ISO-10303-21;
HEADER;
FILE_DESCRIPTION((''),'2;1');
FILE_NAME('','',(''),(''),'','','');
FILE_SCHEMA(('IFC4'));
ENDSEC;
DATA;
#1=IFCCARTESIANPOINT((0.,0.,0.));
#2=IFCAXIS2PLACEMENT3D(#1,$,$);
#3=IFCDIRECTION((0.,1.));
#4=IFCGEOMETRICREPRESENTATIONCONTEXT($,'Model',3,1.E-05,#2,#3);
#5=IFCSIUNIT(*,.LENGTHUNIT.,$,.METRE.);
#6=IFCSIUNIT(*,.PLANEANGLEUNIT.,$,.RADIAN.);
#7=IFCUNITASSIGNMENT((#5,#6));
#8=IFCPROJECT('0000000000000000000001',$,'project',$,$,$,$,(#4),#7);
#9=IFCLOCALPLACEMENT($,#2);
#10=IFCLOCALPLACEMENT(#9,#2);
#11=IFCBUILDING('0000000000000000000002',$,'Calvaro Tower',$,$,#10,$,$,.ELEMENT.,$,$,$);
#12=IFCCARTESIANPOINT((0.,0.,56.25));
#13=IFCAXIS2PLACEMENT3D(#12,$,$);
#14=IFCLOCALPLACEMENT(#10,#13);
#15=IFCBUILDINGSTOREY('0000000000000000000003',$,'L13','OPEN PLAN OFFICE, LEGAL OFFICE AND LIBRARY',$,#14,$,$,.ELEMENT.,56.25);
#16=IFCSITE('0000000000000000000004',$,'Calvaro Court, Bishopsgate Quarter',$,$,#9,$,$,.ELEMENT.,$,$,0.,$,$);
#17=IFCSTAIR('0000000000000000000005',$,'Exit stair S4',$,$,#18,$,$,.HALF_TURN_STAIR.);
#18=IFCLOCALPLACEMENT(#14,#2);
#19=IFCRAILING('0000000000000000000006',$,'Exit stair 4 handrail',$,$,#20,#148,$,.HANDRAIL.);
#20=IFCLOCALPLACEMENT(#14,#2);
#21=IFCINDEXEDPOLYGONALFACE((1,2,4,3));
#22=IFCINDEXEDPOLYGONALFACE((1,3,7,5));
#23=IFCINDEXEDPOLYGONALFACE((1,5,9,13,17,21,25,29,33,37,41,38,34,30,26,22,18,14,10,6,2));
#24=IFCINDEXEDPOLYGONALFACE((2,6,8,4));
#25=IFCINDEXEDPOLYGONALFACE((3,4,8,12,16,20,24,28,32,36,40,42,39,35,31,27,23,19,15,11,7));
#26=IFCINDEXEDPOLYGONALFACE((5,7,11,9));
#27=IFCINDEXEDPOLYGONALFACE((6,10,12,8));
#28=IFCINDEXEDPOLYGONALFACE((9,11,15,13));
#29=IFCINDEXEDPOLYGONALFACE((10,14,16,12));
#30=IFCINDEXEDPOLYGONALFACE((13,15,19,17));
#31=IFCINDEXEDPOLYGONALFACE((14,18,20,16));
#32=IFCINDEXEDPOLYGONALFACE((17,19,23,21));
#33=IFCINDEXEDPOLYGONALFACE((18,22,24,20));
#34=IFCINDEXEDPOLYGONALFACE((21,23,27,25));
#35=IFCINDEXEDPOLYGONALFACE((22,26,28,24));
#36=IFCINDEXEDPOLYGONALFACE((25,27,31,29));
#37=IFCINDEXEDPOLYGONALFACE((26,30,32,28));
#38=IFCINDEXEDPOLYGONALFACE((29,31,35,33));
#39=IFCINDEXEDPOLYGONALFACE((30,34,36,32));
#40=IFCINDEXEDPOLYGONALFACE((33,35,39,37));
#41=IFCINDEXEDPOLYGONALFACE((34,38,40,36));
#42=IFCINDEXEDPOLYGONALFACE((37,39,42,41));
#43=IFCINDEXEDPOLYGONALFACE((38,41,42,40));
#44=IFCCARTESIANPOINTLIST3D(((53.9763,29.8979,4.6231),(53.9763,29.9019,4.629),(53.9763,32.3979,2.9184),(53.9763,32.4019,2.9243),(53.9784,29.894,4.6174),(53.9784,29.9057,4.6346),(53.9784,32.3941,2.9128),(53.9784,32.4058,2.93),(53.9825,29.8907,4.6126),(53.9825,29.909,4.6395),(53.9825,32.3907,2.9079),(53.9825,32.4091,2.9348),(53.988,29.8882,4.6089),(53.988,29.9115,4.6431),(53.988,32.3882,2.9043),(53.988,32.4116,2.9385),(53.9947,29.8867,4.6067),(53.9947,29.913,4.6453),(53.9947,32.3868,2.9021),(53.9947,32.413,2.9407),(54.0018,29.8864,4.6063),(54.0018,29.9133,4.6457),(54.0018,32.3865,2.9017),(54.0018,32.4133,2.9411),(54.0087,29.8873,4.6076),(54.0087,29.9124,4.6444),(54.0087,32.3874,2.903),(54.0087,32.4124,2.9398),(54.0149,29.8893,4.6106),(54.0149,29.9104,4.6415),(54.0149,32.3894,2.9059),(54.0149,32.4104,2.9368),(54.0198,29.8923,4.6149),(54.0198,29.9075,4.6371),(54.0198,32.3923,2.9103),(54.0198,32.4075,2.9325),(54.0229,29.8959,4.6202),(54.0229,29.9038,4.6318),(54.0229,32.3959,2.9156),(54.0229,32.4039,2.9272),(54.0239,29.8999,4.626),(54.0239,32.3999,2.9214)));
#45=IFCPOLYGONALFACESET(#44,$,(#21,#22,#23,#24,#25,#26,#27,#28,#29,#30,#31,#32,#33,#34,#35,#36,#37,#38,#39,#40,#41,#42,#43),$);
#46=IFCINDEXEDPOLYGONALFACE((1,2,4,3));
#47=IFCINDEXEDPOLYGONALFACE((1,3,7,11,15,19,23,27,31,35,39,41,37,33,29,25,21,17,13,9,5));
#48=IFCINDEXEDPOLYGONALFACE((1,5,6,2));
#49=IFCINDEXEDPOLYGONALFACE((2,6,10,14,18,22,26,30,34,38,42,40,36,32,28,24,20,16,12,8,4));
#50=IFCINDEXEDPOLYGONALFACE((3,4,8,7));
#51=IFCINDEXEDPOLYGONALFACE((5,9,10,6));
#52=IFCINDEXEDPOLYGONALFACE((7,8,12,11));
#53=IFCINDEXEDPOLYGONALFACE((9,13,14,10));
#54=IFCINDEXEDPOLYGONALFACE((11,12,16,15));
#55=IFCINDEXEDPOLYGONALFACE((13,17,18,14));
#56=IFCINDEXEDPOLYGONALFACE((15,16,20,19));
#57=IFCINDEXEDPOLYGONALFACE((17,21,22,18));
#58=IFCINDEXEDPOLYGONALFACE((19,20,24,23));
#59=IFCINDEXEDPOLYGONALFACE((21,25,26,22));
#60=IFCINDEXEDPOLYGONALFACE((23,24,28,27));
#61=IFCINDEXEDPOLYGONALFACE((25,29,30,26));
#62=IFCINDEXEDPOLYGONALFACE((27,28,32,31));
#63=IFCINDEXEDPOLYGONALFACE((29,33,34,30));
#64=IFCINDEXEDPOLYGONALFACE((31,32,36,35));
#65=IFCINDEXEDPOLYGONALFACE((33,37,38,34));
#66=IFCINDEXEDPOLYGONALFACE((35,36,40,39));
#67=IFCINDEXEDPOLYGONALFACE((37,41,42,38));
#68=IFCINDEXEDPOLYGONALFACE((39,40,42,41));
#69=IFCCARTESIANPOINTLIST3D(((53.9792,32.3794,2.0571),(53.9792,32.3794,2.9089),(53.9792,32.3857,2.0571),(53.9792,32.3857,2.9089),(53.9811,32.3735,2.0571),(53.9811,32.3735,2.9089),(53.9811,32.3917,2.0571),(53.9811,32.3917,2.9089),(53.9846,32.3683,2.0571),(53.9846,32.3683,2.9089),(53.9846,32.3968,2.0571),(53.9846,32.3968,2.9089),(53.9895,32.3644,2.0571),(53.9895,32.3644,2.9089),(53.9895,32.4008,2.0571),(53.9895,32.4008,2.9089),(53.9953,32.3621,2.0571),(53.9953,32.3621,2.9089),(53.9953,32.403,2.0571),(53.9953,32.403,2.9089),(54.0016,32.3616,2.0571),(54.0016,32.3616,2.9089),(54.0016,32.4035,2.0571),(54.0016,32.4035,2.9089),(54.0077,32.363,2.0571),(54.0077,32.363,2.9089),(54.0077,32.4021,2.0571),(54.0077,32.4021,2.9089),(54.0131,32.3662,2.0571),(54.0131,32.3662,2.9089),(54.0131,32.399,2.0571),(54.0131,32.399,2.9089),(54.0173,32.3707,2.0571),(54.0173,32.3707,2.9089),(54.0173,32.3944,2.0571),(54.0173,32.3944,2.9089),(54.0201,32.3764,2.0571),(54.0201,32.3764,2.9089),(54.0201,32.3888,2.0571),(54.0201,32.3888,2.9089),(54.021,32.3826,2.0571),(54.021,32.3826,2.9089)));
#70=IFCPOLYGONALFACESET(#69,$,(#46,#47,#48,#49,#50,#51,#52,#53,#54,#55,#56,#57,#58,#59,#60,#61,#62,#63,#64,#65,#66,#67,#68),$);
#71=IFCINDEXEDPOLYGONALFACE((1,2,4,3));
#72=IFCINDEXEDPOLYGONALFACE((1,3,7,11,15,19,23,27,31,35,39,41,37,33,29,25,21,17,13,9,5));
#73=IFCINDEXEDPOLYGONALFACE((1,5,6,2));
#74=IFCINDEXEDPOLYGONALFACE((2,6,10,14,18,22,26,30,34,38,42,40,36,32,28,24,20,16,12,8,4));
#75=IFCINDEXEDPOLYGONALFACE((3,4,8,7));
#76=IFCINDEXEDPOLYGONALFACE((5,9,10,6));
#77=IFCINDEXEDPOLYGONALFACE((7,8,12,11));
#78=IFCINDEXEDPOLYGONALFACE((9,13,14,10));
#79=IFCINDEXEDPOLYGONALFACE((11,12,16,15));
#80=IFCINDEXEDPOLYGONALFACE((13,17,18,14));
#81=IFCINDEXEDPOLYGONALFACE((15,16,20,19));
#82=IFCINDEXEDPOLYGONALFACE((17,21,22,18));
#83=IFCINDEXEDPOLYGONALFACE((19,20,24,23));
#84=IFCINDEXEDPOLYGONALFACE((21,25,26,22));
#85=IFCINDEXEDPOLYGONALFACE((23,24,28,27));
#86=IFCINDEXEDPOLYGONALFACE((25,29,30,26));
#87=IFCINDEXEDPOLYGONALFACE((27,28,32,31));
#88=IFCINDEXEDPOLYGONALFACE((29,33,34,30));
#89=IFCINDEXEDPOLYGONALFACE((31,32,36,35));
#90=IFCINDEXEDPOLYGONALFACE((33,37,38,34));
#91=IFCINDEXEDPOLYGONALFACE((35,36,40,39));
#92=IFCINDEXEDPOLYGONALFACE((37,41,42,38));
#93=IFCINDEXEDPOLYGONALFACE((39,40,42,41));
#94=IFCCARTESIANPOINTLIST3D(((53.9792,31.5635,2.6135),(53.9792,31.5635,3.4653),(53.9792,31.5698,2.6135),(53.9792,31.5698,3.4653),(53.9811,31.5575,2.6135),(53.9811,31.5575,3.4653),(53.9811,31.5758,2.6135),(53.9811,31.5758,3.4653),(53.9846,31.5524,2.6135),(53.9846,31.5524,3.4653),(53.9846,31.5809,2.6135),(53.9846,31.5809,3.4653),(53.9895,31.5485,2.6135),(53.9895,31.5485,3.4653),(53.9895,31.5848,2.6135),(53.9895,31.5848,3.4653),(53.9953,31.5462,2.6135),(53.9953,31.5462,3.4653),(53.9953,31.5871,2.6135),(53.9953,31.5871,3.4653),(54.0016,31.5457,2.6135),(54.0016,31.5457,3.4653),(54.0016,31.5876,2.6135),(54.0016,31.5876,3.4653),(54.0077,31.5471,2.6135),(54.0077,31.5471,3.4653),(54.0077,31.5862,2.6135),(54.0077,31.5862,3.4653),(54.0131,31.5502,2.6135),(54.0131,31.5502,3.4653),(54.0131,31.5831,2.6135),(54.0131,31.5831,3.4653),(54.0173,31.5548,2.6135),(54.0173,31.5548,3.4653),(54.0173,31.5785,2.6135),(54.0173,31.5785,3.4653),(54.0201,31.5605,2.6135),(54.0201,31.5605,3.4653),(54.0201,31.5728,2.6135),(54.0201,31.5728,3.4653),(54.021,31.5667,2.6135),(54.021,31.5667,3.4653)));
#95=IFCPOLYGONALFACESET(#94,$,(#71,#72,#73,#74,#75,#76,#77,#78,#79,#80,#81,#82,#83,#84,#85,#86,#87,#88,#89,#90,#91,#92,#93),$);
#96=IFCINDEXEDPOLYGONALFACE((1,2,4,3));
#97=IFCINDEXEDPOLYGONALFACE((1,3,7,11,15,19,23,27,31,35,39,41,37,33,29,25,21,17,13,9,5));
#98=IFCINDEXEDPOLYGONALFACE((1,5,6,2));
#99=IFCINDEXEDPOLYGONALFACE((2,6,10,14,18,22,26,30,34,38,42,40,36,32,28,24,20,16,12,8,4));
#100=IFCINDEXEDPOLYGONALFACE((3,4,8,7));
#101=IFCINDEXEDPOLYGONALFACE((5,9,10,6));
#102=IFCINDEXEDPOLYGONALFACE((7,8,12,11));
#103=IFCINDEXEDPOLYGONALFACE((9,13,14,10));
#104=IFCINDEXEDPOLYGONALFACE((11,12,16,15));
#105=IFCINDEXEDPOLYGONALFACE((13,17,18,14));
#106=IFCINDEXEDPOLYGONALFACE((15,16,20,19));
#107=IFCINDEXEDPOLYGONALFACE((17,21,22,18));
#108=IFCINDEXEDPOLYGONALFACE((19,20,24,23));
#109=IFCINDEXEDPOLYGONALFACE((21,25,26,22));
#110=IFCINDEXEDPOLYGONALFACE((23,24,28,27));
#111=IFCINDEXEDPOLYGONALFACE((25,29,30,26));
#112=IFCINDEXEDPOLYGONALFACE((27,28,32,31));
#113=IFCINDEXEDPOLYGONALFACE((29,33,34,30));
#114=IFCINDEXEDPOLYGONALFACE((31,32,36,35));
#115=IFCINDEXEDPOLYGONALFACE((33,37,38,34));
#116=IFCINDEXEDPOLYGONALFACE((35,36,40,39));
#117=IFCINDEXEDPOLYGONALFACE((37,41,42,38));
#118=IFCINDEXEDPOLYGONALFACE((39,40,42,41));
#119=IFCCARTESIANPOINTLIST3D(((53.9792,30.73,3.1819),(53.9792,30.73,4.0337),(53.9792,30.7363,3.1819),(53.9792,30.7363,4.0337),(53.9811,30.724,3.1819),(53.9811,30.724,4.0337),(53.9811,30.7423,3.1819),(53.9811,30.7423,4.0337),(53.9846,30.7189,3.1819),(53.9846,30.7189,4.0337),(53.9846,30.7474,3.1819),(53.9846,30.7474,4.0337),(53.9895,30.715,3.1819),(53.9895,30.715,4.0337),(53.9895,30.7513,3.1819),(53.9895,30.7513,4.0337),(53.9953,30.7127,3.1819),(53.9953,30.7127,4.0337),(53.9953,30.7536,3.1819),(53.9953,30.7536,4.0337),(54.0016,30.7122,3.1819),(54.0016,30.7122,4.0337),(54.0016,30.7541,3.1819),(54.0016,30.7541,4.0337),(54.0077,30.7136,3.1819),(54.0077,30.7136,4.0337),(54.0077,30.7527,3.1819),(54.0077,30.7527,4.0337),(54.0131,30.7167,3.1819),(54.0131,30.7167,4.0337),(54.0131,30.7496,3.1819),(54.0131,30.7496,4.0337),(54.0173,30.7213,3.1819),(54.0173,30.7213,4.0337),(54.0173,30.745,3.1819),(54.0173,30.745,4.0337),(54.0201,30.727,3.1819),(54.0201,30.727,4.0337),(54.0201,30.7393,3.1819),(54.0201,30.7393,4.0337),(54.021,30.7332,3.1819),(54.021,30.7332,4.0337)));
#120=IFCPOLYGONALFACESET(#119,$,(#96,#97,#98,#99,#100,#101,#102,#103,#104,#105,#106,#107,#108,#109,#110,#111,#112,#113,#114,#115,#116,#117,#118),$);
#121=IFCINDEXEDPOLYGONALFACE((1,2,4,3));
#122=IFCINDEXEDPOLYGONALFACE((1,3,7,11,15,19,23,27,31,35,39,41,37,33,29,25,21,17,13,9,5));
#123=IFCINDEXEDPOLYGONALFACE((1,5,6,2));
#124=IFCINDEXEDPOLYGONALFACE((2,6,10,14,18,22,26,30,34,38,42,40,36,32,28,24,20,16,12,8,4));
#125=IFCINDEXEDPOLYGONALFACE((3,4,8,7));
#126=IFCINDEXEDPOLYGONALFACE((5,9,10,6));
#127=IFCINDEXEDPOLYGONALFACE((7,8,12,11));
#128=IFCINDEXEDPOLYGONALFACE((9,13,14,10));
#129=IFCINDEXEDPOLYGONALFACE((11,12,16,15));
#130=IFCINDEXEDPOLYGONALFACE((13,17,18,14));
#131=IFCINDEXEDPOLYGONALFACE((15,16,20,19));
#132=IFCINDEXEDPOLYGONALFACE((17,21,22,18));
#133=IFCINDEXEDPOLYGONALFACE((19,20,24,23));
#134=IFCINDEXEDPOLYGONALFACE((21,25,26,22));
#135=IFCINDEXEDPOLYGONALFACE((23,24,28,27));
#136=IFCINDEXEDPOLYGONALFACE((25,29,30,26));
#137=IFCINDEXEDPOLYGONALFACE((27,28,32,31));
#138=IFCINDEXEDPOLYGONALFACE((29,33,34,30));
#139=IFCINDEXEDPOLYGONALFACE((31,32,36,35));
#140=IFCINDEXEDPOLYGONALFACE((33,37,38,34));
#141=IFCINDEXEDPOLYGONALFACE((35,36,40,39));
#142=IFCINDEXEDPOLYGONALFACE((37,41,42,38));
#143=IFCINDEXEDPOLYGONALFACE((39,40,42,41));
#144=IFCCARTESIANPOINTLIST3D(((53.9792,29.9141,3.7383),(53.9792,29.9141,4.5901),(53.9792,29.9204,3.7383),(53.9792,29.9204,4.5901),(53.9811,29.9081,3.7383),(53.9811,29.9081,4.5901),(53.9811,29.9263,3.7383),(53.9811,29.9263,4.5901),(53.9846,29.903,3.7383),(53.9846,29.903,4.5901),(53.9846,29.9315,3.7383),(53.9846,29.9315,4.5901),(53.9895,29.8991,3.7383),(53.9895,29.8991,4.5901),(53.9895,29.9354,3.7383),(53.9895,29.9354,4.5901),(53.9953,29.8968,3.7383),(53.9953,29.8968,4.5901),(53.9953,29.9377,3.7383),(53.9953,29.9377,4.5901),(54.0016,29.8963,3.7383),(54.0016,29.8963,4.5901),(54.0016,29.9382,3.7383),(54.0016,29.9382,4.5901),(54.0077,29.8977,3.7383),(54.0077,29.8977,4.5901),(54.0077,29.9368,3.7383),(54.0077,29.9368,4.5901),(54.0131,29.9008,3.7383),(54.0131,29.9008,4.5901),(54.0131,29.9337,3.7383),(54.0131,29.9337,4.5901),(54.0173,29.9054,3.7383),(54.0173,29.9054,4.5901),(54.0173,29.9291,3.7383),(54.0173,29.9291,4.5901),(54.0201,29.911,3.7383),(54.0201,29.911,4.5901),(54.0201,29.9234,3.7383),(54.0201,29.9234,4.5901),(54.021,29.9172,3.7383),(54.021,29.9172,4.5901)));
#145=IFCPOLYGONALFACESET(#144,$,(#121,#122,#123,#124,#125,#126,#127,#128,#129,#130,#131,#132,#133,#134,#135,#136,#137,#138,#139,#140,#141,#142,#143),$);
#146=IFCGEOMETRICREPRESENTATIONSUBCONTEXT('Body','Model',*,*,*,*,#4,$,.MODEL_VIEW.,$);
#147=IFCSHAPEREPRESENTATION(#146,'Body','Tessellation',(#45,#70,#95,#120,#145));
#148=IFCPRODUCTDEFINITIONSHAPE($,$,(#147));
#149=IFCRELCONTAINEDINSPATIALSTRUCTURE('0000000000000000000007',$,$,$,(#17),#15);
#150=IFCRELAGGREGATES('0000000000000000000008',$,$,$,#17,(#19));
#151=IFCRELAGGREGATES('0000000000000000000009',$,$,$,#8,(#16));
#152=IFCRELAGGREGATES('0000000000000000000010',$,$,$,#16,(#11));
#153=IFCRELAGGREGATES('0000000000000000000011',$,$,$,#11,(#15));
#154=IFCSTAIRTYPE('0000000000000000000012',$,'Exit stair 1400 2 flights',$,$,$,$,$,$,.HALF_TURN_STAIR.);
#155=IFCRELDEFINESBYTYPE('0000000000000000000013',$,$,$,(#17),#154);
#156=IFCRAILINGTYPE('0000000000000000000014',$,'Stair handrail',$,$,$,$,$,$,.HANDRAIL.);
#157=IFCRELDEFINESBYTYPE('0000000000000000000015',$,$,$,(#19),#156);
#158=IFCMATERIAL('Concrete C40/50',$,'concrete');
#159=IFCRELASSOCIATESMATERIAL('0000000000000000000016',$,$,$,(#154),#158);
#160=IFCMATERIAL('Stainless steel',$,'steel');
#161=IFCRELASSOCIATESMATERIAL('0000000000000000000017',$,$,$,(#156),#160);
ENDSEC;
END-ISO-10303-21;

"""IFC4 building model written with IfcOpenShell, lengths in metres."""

from ifc_helpers import new_model, si_unit, direction, frame, origin, origin_2d, place, context, subcontext, project, spatial, circle, extrude, material, type_object, element, aggregate, save


model = new_model("IFC4")

# Units and contexts
model_context = context("Model", 3, precision=1e-05, world=origin(), true_north=direction((0.0, 1.0)))
body_context = subcontext(model_context, "Body", "Model", "MODEL_VIEW")
ifc_project = project(units=[si_unit("LENGTHUNIT", "METRE"), si_unit("PLANEANGLEUNIT", "RADIAN")], contexts=[model_context])

# Site, building, storey
site_placement = place(None, origin())
site = spatial("IfcSite", under=ifc_project, at=site_placement, Name="Calvaro Court, Bishopsgate Quarter", CompositionType="ELEMENT", RefElevation=0.0)
building_placement = place(site_placement, origin())
building = spatial("IfcBuilding", under=site, at=building_placement, Name="Calvaro Tower", CompositionType="ELEMENT")
storey_placement = place(building_placement, frame((0.0, 0.0, 56.25)))
storey = spatial("IfcBuildingStorey", under=building, at=storey_placement, Name="L13", Description="OPEN PLAN OFFICE, LEGAL OFFICE AND LIBRARY", CompositionType="ELEMENT", Elevation=56.25)

# Shared definitions
ifc_material_1 = material(Name="Concrete C40/50", Category="concrete")
stair_type = type_object("IfcStairType", Name="Exit stair 1400 2 flights", PredefinedType="HALF_TURN_STAIR", material=ifc_material_1)

# Stair, railing
stair_1_placement = place(storey_placement, origin())
stair_1 = element("IfcStair", 1, at=stair_1_placement, inside=storey, type_object=stair_type, Name="Exit stair S4", PredefinedType="HALF_TURN_STAIR")
ifc_material_2 = material(Name="Stainless steel", Category="steel")
railing_type = type_object("IfcRailingType", Name="Stair handrail", PredefinedType="HANDRAIL", material=ifc_material_2)
railing_1_placement = place(storey_placement, frame((54.0, 32.3999, 2.0454)))
railing_1 = element("IfcRailing", 2, at=railing_1_placement, type_object=railing_type, Name="Exit stair 4 handrail", PredefinedType="HANDRAIL", context=body_context, shape_type="SweptSolid", body=[
    extrude(circle(Radius=0.0239, at=origin_2d()), frame((0.0, 0.0, 0.876), z_axis=(0.0, -0.826221, 0.563347), x_axis=(1.0, 0.0, 0.0)), (0.0, 0.0, 1.0), 3.0259),
    extrude(circle(Radius=0.021, at=origin_2d()), frame((0.0, -0.0173, 0.0117)), (0.0, 0.0, 1.0), 0.8518),
    extrude(circle(Radius=0.021, at=origin_2d()), frame((0.0, -0.8333, 0.5681)), (0.0, 0.0, 1.0), 0.8518),
    extrude(circle(Radius=0.021, at=origin_2d()), frame((0.0, -1.6667, 1.1365)), (0.0, 0.0, 1.0), 0.8518),
    extrude(circle(Radius=0.021, at=origin_2d()), frame((0.0, -2.4827, 1.6929)), (0.0, 0.0, 1.0), 0.8518),
])
aggregate(stair_1, [railing_1])

save(model, "model.ifc")
